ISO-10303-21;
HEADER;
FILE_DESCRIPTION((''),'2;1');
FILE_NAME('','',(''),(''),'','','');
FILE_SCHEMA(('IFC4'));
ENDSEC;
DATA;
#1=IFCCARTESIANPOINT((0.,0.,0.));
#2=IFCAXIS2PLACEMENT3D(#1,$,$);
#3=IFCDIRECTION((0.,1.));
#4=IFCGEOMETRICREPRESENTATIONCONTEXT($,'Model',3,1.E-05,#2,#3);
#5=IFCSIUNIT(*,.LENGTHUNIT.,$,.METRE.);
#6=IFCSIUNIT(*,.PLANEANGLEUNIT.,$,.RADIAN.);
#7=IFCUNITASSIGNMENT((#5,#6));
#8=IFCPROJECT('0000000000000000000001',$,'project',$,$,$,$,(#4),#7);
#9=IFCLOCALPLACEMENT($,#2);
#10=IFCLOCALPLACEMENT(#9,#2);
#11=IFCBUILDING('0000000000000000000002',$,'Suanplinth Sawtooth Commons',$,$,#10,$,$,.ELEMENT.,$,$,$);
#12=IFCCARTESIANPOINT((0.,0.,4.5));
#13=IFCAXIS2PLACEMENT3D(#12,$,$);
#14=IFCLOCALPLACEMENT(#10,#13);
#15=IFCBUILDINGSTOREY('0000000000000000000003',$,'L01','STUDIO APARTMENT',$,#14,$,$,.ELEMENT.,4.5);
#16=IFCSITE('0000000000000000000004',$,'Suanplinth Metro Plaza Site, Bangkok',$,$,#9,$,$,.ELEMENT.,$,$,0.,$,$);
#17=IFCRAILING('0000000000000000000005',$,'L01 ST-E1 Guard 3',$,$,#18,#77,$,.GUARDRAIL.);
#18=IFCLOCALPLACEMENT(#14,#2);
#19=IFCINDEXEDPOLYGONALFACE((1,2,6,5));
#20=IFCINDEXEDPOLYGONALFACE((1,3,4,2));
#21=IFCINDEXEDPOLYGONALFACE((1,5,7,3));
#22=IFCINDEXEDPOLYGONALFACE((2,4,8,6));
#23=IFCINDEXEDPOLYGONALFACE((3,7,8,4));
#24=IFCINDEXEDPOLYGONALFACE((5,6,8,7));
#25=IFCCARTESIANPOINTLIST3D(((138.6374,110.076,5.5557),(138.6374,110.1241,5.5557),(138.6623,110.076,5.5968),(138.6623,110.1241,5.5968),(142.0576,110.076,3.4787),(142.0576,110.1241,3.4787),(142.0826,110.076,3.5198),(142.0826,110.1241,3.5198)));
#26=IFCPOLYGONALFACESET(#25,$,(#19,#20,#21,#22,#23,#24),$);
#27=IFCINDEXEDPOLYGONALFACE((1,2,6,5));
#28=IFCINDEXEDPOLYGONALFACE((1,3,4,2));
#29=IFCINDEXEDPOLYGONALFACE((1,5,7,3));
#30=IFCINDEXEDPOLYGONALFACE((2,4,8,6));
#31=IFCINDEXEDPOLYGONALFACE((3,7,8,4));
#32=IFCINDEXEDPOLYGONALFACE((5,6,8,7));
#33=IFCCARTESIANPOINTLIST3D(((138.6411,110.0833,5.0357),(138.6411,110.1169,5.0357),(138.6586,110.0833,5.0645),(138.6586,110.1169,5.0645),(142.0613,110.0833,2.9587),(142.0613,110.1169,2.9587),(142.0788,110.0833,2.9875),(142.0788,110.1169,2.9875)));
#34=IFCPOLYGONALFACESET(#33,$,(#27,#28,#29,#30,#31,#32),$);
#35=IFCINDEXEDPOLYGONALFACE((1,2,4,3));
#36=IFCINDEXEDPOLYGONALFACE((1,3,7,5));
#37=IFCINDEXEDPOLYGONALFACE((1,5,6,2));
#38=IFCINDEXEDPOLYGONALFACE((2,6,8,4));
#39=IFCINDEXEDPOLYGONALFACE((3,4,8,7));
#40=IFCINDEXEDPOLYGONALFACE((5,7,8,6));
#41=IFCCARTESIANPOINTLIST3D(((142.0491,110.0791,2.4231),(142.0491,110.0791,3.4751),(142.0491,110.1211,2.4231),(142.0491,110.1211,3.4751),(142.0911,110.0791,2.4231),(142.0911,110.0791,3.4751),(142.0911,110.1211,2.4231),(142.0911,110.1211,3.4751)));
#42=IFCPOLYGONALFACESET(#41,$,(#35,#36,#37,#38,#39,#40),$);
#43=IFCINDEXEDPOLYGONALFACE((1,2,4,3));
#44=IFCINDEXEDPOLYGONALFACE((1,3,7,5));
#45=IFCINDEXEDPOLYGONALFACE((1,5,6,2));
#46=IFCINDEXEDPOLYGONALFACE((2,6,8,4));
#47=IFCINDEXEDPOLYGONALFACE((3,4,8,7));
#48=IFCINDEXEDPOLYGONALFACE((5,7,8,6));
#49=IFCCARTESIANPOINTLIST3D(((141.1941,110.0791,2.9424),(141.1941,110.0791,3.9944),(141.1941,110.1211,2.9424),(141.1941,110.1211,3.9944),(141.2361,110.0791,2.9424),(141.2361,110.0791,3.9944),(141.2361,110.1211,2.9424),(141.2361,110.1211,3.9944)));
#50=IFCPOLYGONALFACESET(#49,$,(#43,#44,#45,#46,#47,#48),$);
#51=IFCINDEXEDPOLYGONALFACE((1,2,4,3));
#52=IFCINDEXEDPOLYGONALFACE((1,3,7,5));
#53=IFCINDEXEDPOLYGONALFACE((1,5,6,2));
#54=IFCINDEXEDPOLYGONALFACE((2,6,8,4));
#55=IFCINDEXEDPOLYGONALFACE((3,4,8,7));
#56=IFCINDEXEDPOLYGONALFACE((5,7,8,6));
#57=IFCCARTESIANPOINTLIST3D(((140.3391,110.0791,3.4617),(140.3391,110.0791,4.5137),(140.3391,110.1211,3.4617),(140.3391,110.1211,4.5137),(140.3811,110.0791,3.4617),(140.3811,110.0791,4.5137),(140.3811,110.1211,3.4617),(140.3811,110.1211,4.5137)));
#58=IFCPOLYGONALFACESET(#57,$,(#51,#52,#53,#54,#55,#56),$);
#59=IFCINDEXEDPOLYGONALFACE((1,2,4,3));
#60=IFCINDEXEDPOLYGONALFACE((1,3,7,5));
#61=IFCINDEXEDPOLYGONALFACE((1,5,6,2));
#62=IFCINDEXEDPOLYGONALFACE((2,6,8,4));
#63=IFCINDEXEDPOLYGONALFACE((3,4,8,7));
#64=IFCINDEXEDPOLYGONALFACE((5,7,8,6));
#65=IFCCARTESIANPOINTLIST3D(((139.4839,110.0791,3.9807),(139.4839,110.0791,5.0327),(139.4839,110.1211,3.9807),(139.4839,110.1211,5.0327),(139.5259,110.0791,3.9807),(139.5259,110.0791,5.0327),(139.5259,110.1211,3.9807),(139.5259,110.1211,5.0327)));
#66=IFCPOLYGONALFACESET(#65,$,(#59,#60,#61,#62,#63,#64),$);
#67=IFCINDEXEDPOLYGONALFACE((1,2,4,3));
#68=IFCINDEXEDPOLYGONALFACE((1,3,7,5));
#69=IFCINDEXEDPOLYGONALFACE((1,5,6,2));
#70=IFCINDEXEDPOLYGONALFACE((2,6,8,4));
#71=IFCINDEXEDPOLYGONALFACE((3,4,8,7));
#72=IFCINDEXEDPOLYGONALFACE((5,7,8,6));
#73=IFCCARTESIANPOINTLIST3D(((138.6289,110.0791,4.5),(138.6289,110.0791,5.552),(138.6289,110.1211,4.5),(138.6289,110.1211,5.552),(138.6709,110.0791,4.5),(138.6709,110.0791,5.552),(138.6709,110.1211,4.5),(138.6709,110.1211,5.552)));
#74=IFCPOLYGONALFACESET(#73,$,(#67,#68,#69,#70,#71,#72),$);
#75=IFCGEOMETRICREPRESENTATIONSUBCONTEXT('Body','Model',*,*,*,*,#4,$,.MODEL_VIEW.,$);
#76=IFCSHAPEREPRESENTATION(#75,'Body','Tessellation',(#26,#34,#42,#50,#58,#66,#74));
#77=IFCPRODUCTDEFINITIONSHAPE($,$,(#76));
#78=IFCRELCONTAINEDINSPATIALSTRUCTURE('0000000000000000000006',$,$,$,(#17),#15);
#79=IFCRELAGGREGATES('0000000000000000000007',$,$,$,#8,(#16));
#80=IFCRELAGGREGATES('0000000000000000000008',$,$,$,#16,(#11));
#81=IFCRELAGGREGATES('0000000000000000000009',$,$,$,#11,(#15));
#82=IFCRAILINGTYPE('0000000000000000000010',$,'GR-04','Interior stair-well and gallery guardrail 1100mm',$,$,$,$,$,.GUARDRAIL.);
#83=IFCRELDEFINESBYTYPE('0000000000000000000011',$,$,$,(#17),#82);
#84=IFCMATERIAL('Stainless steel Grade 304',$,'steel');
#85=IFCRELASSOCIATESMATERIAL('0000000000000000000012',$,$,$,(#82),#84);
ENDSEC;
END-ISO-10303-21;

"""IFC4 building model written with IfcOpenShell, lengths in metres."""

from ifc_helpers import new_model, si_unit, direction, frame, origin, origin_2d, place, context, subcontext, project, spatial, rectangle, extrude, material, type_object, element, save


model = new_model("IFC4")

# Units and contexts
model_context = context("Model", 3, precision=1e-05, world=origin(), true_north=direction((0.0, 1.0)))
body_context = subcontext(model_context, "Body", "Model", "MODEL_VIEW")
ifc_project = project(units=[si_unit("LENGTHUNIT", "METRE"), si_unit("PLANEANGLEUNIT", "RADIAN")], contexts=[model_context])

# Site, building, storey
site_placement = place(None, origin())
site = spatial("IfcSite", under=ifc_project, at=site_placement, Name="Suanplinth Metro Plaza Site, Bangkok", CompositionType="ELEMENT", RefElevation=0.0)
building_placement = place(site_placement, origin())
building = spatial("IfcBuilding", under=site, at=building_placement, Name="Suanplinth Sawtooth Commons", CompositionType="ELEMENT")
storey_placement = place(building_placement, frame((0.0, 0.0, 4.5)))
storey = spatial("IfcBuildingStorey", under=building, at=storey_placement, Name="L01", Description="STUDIO APARTMENT", CompositionType="ELEMENT", Elevation=4.5)

# Railing
ifc_material_1 = material(Name="Stainless steel Grade 304", Category="steel")
railing_type = type_object("IfcRailingType", Name="GR-04", Description="Interior stair-well and gallery guardrail 1100mm", PredefinedType="GUARDRAIL", material=ifc_material_1)
railing_1_placement = place(storey_placement, frame((142.0701, 110.1001, 2.4231)))
element("IfcRailing", 1, at=railing_1_placement, inside=storey, type_object=railing_type, Name="L01 ST-E1 Guard 3", PredefinedType="GUARDRAIL", context=body_context, shape_type="SweptSolid", body=[
    extrude(rectangle(XDim=0.0481, YDim=0.0481, at=origin_2d()), frame((0.0, 0.0, 1.0762), z_axis=(-0.854746, 0.0, 0.519047), x_axis=(0.0, -1.0, 0.0)), (0.0, 0.0, 1.0), 4.0015),
    extrude(rectangle(XDim=0.0337, YDim=0.0337, at=origin_2d()), frame((0.0, 0.0, 0.55), z_axis=(-0.854746, 0.0, 0.519047), x_axis=(0.0, -1.0, 0.0)), (0.0, 0.0, 1.0), 4.0015),
    extrude(rectangle(XDim=0.042, YDim=0.042, at=origin_2d()), origin(), (0.0, 0.0, 1.0), 1.052),
    extrude(rectangle(XDim=0.042, YDim=0.042, at=origin_2d()), frame((-0.855, 0.0, 0.5193)), (0.0, 0.0, 1.0), 1.052),
    extrude(rectangle(XDim=0.042, YDim=0.042, at=origin_2d()), frame((-1.71, 0.0, 1.0386)), (0.0, 0.0, 1.0), 1.052),
    extrude(rectangle(XDim=0.042, YDim=0.042, at=origin_2d()), frame((-2.5652, 0.0, 1.5576)), (0.0, 0.0, 1.0), 1.052),
    extrude(rectangle(XDim=0.042, YDim=0.042, at=origin_2d()), frame((-3.4202, 0.0, 2.0769)), (0.0, 0.0, 1.0), 1.052),
])

save(model, "model.ifc")
